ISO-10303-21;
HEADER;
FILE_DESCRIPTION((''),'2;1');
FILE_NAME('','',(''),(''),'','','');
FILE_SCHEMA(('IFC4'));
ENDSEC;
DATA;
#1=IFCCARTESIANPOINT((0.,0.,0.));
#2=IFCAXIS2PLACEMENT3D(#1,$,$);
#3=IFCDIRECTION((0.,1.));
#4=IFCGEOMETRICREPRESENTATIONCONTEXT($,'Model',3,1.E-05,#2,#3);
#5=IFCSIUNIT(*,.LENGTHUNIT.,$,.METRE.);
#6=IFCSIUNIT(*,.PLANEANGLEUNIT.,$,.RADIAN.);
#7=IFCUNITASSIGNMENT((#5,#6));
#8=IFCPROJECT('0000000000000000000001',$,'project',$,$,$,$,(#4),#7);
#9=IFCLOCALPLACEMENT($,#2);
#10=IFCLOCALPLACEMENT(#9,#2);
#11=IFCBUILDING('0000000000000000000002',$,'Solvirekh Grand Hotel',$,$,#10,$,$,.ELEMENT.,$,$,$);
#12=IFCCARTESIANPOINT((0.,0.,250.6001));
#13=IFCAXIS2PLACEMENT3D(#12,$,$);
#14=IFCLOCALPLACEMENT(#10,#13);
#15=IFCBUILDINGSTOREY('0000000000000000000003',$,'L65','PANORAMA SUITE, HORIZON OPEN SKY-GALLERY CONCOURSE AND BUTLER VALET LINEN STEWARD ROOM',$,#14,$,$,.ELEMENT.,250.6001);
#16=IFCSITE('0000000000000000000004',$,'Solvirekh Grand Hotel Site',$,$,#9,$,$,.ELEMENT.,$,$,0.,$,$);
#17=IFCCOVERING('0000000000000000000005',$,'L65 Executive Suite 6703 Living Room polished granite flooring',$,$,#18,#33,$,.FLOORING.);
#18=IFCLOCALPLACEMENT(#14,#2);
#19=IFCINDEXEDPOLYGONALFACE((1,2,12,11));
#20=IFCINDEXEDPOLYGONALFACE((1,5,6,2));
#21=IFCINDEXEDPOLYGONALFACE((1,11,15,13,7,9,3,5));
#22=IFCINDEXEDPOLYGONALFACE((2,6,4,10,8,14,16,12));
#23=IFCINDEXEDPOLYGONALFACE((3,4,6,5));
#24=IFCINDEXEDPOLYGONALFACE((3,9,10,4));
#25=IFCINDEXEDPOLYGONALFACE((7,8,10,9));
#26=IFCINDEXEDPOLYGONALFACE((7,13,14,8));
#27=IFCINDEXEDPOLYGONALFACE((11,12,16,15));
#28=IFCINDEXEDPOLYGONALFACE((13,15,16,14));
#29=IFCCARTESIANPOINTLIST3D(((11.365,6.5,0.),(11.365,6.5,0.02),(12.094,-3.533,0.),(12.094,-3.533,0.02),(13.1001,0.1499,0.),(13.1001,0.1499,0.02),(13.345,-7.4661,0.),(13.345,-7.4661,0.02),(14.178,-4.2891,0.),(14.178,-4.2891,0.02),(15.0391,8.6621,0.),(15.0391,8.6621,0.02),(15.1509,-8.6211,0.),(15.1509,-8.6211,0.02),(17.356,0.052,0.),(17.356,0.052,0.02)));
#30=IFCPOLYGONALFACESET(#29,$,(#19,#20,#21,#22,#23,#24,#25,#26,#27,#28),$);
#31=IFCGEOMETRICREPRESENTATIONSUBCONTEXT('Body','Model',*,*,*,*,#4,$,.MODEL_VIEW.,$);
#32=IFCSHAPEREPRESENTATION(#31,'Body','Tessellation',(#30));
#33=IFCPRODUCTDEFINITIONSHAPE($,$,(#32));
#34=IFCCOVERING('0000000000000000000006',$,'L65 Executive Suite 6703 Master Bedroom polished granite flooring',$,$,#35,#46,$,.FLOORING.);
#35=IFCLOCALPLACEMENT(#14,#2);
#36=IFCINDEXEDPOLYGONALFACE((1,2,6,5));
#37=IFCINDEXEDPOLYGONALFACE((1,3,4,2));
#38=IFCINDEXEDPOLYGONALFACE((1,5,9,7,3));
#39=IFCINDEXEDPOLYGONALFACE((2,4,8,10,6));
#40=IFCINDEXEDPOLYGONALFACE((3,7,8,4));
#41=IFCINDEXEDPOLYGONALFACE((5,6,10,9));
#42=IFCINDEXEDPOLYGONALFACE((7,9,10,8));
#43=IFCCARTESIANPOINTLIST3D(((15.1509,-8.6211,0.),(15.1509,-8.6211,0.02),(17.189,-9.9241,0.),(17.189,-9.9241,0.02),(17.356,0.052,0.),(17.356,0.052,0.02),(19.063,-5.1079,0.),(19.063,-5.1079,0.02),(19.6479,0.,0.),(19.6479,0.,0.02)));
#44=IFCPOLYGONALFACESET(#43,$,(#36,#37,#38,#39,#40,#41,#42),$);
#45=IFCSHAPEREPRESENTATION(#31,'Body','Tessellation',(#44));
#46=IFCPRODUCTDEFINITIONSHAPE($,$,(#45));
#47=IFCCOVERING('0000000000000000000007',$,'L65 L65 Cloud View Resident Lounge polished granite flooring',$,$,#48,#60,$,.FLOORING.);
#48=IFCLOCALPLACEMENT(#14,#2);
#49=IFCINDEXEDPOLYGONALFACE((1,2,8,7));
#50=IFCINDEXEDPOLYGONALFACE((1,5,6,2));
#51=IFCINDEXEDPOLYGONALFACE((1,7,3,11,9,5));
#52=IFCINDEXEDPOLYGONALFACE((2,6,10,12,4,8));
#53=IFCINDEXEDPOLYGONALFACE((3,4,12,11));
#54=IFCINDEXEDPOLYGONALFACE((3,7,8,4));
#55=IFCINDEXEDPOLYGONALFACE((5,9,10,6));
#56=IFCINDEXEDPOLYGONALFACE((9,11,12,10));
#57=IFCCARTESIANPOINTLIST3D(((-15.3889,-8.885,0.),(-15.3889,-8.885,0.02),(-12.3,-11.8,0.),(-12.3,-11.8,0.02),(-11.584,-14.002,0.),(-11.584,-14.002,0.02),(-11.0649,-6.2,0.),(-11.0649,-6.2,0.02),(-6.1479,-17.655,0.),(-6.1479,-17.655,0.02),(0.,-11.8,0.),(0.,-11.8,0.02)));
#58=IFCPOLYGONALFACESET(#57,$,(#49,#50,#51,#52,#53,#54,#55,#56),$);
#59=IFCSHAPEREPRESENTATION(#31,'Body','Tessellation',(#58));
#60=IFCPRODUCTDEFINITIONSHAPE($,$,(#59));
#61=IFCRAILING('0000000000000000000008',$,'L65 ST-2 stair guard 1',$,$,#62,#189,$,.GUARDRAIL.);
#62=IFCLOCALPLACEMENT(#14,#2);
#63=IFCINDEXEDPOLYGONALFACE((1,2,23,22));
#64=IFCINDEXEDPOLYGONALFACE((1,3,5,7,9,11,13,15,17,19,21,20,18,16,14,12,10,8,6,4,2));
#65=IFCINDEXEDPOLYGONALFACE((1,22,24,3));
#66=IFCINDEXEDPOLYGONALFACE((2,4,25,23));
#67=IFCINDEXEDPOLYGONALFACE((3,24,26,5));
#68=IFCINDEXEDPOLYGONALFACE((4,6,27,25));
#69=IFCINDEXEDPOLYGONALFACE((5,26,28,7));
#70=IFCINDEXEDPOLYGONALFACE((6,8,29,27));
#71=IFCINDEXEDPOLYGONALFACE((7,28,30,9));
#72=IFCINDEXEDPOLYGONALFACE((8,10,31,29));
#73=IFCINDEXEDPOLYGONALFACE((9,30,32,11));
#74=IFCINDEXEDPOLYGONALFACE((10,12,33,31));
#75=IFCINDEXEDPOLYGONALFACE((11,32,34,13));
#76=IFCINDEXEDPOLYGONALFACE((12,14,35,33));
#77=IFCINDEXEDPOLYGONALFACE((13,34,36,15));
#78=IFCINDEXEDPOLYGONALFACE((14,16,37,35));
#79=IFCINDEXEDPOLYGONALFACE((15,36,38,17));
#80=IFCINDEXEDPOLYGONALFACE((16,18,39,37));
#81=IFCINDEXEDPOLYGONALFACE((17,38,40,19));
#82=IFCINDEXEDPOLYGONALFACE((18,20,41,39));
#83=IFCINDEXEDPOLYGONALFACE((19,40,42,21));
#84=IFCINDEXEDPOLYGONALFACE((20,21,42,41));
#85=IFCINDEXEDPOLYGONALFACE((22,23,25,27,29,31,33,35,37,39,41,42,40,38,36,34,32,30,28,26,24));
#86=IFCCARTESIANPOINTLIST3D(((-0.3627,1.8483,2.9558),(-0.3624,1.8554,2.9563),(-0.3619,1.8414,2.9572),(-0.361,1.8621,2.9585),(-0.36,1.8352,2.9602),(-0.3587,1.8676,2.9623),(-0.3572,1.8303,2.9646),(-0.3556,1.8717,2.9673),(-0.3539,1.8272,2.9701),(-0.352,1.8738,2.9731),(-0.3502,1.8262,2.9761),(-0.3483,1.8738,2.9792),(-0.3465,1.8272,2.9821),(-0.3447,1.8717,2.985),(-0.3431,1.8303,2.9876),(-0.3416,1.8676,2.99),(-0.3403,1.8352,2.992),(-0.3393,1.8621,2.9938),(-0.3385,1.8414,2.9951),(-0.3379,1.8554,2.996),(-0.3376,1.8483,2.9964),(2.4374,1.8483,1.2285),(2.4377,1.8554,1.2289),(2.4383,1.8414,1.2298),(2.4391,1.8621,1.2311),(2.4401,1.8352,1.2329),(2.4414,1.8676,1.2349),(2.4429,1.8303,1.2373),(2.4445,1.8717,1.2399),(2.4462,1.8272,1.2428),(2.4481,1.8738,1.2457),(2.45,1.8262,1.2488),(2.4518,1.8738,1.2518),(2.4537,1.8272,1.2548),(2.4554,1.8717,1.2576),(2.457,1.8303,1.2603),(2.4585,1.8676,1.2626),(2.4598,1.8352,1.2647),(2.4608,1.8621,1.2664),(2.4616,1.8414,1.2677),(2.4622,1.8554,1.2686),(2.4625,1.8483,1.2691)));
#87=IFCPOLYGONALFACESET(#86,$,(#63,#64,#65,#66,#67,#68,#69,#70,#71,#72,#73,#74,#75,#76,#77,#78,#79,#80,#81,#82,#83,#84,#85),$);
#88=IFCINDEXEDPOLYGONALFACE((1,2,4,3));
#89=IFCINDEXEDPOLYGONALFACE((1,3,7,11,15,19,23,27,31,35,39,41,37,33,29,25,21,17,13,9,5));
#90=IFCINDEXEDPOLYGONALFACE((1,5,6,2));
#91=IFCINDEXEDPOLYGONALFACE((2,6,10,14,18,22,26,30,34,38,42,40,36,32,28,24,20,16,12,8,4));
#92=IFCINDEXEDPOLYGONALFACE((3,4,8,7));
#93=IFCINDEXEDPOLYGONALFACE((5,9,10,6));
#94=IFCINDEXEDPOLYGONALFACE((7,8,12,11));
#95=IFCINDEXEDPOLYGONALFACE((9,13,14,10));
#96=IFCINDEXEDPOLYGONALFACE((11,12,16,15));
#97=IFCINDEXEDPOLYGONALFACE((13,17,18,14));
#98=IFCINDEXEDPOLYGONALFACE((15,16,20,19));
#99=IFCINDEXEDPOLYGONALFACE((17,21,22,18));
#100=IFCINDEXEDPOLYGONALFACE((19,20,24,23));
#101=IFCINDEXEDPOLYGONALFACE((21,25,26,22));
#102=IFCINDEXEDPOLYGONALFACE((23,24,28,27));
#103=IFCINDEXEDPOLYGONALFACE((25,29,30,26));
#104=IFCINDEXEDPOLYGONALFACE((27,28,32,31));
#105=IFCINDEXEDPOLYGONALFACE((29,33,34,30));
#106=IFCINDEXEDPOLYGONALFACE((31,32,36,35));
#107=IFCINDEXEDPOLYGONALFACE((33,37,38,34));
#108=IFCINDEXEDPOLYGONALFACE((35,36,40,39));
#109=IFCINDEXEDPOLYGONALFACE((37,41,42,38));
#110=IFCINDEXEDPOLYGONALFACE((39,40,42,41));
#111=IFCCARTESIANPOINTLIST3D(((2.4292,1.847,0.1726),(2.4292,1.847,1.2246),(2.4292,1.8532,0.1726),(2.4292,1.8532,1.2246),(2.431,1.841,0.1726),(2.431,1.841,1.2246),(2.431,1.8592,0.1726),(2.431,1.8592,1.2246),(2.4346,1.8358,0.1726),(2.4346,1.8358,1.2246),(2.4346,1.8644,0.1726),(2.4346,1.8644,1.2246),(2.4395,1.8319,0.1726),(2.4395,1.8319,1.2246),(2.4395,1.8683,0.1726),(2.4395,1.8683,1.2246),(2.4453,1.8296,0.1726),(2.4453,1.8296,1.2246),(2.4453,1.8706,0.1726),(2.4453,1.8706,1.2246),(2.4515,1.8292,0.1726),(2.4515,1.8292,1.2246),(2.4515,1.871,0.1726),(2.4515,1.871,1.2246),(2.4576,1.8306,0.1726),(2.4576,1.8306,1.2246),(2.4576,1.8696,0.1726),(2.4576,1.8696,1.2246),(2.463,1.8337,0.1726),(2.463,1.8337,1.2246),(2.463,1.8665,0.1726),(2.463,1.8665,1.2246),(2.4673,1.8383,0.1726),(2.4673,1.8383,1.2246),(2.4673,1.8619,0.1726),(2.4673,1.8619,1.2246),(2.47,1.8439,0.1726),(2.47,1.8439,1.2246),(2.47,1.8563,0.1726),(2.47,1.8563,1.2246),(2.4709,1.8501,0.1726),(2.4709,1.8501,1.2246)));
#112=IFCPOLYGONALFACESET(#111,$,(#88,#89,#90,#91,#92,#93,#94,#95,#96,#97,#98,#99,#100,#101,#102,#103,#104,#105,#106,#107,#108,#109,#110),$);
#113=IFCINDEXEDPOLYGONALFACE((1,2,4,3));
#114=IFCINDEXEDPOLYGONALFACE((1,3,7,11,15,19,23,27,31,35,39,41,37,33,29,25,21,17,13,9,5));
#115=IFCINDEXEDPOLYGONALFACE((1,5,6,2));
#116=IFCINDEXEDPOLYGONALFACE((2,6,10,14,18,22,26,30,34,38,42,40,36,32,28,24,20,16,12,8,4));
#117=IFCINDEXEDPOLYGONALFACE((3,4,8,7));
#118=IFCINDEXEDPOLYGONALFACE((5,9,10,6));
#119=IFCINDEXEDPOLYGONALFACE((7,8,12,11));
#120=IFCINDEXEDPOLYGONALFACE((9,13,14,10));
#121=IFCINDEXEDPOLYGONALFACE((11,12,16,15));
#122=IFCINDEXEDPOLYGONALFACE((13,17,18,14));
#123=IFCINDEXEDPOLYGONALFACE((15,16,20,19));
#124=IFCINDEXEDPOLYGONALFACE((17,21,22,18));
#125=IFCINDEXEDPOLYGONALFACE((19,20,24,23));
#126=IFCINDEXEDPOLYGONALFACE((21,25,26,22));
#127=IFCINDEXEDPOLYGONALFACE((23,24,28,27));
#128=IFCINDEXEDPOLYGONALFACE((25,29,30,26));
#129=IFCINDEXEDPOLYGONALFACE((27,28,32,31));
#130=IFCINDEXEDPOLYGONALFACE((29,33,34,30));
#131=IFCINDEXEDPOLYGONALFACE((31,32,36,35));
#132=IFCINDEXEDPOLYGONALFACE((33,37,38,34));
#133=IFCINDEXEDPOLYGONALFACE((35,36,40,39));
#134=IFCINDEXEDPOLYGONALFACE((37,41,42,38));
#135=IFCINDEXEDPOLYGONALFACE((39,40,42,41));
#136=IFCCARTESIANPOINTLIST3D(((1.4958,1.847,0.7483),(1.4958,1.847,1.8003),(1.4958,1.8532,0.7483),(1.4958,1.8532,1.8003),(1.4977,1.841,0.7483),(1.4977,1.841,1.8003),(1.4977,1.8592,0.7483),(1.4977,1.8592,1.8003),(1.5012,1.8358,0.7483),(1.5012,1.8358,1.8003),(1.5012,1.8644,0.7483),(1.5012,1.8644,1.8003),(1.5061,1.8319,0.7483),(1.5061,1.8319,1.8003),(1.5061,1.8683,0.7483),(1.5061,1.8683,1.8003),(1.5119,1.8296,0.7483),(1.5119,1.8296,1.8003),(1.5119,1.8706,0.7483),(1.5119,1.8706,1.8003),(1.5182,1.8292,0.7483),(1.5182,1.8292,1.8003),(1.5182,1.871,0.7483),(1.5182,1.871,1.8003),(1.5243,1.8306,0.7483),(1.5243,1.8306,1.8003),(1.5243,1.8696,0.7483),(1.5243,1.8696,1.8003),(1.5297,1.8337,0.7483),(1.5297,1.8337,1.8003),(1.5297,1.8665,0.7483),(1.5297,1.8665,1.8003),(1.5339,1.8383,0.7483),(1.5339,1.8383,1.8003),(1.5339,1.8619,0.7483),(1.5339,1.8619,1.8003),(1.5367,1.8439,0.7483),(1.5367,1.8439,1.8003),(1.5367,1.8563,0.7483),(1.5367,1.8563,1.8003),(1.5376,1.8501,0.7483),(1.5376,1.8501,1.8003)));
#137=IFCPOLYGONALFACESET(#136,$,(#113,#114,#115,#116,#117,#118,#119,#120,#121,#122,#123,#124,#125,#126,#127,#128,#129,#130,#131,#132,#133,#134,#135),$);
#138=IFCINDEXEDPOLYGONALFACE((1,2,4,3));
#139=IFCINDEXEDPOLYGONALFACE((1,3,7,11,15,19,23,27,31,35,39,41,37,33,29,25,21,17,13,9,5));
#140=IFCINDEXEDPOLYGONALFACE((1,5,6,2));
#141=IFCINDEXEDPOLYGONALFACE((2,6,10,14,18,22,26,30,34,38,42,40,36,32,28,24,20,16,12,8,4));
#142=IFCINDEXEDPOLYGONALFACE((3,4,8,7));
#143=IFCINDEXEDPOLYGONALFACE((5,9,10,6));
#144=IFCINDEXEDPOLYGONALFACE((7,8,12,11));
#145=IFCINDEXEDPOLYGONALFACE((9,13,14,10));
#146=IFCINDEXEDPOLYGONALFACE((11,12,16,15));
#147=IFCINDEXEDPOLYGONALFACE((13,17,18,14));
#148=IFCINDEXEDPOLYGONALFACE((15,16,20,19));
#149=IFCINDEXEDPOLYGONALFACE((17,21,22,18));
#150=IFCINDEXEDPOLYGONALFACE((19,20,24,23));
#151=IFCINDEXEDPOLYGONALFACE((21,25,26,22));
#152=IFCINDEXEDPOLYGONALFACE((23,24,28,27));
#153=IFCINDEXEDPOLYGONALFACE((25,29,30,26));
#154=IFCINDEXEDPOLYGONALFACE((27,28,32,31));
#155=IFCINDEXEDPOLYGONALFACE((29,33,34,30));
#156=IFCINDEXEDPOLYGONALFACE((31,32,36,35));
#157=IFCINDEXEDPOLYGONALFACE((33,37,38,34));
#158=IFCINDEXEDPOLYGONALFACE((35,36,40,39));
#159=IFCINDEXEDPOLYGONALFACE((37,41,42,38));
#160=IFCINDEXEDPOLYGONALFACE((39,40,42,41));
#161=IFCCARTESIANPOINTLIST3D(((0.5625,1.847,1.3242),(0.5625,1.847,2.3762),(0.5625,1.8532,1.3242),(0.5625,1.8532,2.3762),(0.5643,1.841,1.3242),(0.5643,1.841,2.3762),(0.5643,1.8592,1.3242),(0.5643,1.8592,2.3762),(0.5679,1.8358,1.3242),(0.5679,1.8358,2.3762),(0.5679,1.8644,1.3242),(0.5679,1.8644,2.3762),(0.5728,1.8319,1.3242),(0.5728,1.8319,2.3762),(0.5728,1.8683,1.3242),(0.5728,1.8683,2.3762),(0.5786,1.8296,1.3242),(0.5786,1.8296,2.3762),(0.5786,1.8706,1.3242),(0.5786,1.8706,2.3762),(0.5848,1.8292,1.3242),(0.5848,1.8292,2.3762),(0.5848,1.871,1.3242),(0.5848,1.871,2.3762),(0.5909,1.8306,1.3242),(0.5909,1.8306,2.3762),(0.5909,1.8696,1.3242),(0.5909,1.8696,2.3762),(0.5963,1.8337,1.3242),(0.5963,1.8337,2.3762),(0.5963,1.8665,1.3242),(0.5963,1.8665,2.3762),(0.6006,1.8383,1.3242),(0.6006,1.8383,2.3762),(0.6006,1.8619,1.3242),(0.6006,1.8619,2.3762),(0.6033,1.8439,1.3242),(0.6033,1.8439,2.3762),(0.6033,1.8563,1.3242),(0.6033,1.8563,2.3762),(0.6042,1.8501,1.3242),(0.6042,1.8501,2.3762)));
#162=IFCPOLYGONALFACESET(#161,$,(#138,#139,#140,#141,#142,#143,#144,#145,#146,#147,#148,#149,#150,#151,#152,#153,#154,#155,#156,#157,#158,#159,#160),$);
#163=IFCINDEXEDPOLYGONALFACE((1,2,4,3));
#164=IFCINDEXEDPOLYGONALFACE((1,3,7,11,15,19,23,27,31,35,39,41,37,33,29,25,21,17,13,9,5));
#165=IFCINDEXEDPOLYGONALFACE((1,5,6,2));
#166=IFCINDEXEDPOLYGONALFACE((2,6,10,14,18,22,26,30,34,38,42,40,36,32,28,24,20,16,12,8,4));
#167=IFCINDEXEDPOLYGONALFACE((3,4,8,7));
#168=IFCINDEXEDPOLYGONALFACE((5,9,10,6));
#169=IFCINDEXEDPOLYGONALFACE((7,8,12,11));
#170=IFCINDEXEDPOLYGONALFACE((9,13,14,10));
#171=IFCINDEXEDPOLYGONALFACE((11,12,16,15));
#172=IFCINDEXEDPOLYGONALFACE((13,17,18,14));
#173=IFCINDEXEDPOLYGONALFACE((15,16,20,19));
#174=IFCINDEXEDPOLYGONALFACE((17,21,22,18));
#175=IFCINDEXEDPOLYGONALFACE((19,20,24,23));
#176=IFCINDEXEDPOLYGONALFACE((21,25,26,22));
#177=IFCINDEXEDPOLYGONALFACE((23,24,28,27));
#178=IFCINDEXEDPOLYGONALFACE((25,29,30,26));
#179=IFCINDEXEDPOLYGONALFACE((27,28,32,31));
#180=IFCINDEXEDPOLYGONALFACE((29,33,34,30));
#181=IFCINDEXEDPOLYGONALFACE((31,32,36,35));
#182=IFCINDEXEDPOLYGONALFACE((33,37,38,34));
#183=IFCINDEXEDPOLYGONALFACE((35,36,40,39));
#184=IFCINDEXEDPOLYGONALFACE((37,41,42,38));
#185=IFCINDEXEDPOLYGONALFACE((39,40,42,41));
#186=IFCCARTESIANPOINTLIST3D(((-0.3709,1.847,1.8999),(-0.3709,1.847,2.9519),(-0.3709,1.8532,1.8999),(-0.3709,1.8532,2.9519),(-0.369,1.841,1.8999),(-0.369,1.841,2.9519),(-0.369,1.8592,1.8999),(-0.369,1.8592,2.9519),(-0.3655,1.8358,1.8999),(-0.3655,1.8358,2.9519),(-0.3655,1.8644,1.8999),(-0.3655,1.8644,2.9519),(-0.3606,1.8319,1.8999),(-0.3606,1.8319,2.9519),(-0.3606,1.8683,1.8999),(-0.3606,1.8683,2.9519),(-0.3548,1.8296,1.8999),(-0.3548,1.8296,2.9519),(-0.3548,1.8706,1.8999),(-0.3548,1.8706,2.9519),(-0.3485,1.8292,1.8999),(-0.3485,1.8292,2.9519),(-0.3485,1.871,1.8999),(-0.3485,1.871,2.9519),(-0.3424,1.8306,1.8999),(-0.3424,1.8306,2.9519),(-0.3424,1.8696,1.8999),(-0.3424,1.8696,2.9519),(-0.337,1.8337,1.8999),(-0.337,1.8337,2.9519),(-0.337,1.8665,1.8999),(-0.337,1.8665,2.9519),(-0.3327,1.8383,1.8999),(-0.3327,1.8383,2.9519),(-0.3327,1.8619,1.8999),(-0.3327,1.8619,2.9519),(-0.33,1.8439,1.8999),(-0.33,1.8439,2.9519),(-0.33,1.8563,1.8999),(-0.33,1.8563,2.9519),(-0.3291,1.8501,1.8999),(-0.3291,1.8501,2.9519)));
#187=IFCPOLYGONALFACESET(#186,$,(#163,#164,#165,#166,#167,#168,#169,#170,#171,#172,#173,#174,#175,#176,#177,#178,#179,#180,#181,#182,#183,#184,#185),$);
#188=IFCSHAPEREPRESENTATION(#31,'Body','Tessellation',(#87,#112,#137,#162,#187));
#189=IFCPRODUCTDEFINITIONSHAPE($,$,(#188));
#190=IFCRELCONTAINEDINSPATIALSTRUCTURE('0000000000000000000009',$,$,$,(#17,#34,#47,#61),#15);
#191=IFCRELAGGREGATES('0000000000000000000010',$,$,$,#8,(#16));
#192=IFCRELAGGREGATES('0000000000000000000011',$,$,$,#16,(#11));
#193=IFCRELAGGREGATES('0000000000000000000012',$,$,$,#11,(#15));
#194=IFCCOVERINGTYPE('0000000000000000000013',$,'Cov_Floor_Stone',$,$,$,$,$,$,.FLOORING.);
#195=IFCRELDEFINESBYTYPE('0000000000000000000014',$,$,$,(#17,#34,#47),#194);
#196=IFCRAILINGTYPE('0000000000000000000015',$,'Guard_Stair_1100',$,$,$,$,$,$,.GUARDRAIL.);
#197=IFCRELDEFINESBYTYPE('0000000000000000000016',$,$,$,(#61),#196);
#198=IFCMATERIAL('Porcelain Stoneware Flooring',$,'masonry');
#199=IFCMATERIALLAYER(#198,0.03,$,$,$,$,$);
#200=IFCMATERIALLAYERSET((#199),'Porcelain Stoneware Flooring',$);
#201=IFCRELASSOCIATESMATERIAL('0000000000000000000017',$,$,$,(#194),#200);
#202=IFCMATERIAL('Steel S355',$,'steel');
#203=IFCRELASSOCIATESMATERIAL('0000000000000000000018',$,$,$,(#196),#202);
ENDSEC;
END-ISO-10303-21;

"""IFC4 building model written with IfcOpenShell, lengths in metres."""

from ifc_helpers import new_model, si_unit, direction, frame, origin, origin_2d, place, context, subcontext, project, spatial, polyline, circle, outline, extrude, material, layer, layer_set, type_object, element, save


model = new_model("IFC4")

# Units and contexts
model_context = context("Model", 3, precision=1e-05, world=origin(), true_north=direction((0.0, 1.0)))
body_context = subcontext(model_context, "Body", "Model", "MODEL_VIEW")
ifc_project = project(units=[si_unit("LENGTHUNIT", "METRE"), si_unit("PLANEANGLEUNIT", "RADIAN")], contexts=[model_context])

# Site, building, storey
site_placement = place(None, origin())
site = spatial("IfcSite", under=ifc_project, at=site_placement, Name="Solvirekh Grand Hotel Site", CompositionType="ELEMENT", RefElevation=0.0)
building_placement = place(site_placement, origin())
building = spatial("IfcBuilding", under=site, at=building_placement, Name="Solvirekh Grand Hotel", CompositionType="ELEMENT")
storey_placement = place(building_placement, frame((0.0, 0.0, 250.6001)))
storey = spatial("IfcBuildingStorey", under=building, at=storey_placement, Name="L65", Description="PANORAMA SUITE, HORIZON OPEN SKY-GALLERY CONCOURSE AND BUTLER VALET LINEN STEWARD ROOM", CompositionType="ELEMENT", Elevation=250.6001)

# Shared definitions
ifc_material_1 = material(Name="Steel S355", Category="steel")

# Coverings
ifc_material_2 = material(Name="Porcelain Stoneware Flooring", Category="masonry")
ifc_layer_1 = layer(ifc_material_2, 0.03)
ifc_layer_set_1 = layer_set([ifc_layer_1], Name="Porcelain Stoneware Flooring")
covering_type_1 = type_object("IfcCoveringType", Name="Cov_Floor_Stone", PredefinedType="FLOORING", material=ifc_layer_set_1)
covering_1_placement = place(storey_placement, origin())
element("IfcCovering", 1, at=covering_1_placement, inside=storey, type_object=covering_type_1, Name="L65 Executive Suite 6703 Living Room polished granite flooring", PredefinedType="FLOORING", context=body_context, shape_type="SweptSolid", body=[
    extrude(outline(polyline([(14.178, -4.2891), (13.345, -7.4661), (15.1509, -8.6211), (17.356, 0.052), (15.0391, 8.6621), (11.365, 6.5), (13.1001, 0.1499), (12.094, -3.533), (14.178, -4.2891)])), origin(), (0.0, 0.0, 1.0), 0.02),
])
covering_2_placement = place(storey_placement, origin())
element("IfcCovering", 2, at=covering_2_placement, inside=storey, type_object=covering_type_1, Name="L65 Executive Suite 6703 Master Bedroom polished granite flooring", PredefinedType="FLOORING", context=body_context, shape_type="SweptSolid", body=[
    extrude(outline(polyline([(17.189, -9.9241), (19.063, -5.1079), (19.6479, 0.0), (17.356, 0.052), (15.1509, -8.6211), (17.189, -9.9241)])), origin(), (0.0, 0.0, 1.0), 0.02),
])
covering_3_placement = place(storey_placement, origin())
element("IfcCovering", 3, at=covering_3_placement, inside=storey, type_object=covering_type_1, Name="L65 L65 Cloud View Resident Lounge polished granite flooring", PredefinedType="FLOORING", context=body_context, shape_type="SweptSolid", body=[
    extrude(outline(polyline([(-15.3889, -8.885), (-11.584, -14.002), (-6.1479, -17.655), (0.0, -11.8), (-12.3, -11.8), (-11.0649, -6.2), (-15.3889, -8.885)])), origin(), (0.0, 0.0, 1.0), 0.02),
])

# Railing
railing_type_1 = type_object("IfcRailingType", Name="Guard_Stair_1100", PredefinedType="GUARDRAIL", material=ifc_material_1)
railing_1_placement = place(storey_placement, frame((2.45, 1.8501, 0.1726)))
element("IfcRailing", 4, at=railing_1_placement, inside=storey, type_object=railing_type_1, Name="L65 ST-2 stair guard 1", PredefinedType="GUARDRAIL", context=body_context, shape_type="SweptSolid", body=[
    extrude(circle(Radius=0.0239, at=origin_2d()), frame((0.0, 0.0, 1.0762), z_axis=(-0.85109, 0.0, 0.52502), x_axis=(0.0, -1.0, 0.0)), (0.0, 0.0, 1.0), 3.29),
    extrude(circle(Radius=0.021, at=origin_2d()), origin(), (0.0, 0.0, 1.0), 1.052),
    extrude(circle(Radius=0.021, at=origin_2d()), frame((-0.9333, 0.0, 0.5757)), (0.0, 0.0, 1.0), 1.052),
    extrude(circle(Radius=0.021, at=origin_2d()), frame((-1.8667, 0.0, 1.1516)), (0.0, 0.0, 1.0), 1.052),
    extrude(circle(Radius=0.021, at=origin_2d()), frame((-2.8, 0.0, 1.7273)), (0.0, 0.0, 1.0), 1.052),
])

save(model, "model.ifc")
